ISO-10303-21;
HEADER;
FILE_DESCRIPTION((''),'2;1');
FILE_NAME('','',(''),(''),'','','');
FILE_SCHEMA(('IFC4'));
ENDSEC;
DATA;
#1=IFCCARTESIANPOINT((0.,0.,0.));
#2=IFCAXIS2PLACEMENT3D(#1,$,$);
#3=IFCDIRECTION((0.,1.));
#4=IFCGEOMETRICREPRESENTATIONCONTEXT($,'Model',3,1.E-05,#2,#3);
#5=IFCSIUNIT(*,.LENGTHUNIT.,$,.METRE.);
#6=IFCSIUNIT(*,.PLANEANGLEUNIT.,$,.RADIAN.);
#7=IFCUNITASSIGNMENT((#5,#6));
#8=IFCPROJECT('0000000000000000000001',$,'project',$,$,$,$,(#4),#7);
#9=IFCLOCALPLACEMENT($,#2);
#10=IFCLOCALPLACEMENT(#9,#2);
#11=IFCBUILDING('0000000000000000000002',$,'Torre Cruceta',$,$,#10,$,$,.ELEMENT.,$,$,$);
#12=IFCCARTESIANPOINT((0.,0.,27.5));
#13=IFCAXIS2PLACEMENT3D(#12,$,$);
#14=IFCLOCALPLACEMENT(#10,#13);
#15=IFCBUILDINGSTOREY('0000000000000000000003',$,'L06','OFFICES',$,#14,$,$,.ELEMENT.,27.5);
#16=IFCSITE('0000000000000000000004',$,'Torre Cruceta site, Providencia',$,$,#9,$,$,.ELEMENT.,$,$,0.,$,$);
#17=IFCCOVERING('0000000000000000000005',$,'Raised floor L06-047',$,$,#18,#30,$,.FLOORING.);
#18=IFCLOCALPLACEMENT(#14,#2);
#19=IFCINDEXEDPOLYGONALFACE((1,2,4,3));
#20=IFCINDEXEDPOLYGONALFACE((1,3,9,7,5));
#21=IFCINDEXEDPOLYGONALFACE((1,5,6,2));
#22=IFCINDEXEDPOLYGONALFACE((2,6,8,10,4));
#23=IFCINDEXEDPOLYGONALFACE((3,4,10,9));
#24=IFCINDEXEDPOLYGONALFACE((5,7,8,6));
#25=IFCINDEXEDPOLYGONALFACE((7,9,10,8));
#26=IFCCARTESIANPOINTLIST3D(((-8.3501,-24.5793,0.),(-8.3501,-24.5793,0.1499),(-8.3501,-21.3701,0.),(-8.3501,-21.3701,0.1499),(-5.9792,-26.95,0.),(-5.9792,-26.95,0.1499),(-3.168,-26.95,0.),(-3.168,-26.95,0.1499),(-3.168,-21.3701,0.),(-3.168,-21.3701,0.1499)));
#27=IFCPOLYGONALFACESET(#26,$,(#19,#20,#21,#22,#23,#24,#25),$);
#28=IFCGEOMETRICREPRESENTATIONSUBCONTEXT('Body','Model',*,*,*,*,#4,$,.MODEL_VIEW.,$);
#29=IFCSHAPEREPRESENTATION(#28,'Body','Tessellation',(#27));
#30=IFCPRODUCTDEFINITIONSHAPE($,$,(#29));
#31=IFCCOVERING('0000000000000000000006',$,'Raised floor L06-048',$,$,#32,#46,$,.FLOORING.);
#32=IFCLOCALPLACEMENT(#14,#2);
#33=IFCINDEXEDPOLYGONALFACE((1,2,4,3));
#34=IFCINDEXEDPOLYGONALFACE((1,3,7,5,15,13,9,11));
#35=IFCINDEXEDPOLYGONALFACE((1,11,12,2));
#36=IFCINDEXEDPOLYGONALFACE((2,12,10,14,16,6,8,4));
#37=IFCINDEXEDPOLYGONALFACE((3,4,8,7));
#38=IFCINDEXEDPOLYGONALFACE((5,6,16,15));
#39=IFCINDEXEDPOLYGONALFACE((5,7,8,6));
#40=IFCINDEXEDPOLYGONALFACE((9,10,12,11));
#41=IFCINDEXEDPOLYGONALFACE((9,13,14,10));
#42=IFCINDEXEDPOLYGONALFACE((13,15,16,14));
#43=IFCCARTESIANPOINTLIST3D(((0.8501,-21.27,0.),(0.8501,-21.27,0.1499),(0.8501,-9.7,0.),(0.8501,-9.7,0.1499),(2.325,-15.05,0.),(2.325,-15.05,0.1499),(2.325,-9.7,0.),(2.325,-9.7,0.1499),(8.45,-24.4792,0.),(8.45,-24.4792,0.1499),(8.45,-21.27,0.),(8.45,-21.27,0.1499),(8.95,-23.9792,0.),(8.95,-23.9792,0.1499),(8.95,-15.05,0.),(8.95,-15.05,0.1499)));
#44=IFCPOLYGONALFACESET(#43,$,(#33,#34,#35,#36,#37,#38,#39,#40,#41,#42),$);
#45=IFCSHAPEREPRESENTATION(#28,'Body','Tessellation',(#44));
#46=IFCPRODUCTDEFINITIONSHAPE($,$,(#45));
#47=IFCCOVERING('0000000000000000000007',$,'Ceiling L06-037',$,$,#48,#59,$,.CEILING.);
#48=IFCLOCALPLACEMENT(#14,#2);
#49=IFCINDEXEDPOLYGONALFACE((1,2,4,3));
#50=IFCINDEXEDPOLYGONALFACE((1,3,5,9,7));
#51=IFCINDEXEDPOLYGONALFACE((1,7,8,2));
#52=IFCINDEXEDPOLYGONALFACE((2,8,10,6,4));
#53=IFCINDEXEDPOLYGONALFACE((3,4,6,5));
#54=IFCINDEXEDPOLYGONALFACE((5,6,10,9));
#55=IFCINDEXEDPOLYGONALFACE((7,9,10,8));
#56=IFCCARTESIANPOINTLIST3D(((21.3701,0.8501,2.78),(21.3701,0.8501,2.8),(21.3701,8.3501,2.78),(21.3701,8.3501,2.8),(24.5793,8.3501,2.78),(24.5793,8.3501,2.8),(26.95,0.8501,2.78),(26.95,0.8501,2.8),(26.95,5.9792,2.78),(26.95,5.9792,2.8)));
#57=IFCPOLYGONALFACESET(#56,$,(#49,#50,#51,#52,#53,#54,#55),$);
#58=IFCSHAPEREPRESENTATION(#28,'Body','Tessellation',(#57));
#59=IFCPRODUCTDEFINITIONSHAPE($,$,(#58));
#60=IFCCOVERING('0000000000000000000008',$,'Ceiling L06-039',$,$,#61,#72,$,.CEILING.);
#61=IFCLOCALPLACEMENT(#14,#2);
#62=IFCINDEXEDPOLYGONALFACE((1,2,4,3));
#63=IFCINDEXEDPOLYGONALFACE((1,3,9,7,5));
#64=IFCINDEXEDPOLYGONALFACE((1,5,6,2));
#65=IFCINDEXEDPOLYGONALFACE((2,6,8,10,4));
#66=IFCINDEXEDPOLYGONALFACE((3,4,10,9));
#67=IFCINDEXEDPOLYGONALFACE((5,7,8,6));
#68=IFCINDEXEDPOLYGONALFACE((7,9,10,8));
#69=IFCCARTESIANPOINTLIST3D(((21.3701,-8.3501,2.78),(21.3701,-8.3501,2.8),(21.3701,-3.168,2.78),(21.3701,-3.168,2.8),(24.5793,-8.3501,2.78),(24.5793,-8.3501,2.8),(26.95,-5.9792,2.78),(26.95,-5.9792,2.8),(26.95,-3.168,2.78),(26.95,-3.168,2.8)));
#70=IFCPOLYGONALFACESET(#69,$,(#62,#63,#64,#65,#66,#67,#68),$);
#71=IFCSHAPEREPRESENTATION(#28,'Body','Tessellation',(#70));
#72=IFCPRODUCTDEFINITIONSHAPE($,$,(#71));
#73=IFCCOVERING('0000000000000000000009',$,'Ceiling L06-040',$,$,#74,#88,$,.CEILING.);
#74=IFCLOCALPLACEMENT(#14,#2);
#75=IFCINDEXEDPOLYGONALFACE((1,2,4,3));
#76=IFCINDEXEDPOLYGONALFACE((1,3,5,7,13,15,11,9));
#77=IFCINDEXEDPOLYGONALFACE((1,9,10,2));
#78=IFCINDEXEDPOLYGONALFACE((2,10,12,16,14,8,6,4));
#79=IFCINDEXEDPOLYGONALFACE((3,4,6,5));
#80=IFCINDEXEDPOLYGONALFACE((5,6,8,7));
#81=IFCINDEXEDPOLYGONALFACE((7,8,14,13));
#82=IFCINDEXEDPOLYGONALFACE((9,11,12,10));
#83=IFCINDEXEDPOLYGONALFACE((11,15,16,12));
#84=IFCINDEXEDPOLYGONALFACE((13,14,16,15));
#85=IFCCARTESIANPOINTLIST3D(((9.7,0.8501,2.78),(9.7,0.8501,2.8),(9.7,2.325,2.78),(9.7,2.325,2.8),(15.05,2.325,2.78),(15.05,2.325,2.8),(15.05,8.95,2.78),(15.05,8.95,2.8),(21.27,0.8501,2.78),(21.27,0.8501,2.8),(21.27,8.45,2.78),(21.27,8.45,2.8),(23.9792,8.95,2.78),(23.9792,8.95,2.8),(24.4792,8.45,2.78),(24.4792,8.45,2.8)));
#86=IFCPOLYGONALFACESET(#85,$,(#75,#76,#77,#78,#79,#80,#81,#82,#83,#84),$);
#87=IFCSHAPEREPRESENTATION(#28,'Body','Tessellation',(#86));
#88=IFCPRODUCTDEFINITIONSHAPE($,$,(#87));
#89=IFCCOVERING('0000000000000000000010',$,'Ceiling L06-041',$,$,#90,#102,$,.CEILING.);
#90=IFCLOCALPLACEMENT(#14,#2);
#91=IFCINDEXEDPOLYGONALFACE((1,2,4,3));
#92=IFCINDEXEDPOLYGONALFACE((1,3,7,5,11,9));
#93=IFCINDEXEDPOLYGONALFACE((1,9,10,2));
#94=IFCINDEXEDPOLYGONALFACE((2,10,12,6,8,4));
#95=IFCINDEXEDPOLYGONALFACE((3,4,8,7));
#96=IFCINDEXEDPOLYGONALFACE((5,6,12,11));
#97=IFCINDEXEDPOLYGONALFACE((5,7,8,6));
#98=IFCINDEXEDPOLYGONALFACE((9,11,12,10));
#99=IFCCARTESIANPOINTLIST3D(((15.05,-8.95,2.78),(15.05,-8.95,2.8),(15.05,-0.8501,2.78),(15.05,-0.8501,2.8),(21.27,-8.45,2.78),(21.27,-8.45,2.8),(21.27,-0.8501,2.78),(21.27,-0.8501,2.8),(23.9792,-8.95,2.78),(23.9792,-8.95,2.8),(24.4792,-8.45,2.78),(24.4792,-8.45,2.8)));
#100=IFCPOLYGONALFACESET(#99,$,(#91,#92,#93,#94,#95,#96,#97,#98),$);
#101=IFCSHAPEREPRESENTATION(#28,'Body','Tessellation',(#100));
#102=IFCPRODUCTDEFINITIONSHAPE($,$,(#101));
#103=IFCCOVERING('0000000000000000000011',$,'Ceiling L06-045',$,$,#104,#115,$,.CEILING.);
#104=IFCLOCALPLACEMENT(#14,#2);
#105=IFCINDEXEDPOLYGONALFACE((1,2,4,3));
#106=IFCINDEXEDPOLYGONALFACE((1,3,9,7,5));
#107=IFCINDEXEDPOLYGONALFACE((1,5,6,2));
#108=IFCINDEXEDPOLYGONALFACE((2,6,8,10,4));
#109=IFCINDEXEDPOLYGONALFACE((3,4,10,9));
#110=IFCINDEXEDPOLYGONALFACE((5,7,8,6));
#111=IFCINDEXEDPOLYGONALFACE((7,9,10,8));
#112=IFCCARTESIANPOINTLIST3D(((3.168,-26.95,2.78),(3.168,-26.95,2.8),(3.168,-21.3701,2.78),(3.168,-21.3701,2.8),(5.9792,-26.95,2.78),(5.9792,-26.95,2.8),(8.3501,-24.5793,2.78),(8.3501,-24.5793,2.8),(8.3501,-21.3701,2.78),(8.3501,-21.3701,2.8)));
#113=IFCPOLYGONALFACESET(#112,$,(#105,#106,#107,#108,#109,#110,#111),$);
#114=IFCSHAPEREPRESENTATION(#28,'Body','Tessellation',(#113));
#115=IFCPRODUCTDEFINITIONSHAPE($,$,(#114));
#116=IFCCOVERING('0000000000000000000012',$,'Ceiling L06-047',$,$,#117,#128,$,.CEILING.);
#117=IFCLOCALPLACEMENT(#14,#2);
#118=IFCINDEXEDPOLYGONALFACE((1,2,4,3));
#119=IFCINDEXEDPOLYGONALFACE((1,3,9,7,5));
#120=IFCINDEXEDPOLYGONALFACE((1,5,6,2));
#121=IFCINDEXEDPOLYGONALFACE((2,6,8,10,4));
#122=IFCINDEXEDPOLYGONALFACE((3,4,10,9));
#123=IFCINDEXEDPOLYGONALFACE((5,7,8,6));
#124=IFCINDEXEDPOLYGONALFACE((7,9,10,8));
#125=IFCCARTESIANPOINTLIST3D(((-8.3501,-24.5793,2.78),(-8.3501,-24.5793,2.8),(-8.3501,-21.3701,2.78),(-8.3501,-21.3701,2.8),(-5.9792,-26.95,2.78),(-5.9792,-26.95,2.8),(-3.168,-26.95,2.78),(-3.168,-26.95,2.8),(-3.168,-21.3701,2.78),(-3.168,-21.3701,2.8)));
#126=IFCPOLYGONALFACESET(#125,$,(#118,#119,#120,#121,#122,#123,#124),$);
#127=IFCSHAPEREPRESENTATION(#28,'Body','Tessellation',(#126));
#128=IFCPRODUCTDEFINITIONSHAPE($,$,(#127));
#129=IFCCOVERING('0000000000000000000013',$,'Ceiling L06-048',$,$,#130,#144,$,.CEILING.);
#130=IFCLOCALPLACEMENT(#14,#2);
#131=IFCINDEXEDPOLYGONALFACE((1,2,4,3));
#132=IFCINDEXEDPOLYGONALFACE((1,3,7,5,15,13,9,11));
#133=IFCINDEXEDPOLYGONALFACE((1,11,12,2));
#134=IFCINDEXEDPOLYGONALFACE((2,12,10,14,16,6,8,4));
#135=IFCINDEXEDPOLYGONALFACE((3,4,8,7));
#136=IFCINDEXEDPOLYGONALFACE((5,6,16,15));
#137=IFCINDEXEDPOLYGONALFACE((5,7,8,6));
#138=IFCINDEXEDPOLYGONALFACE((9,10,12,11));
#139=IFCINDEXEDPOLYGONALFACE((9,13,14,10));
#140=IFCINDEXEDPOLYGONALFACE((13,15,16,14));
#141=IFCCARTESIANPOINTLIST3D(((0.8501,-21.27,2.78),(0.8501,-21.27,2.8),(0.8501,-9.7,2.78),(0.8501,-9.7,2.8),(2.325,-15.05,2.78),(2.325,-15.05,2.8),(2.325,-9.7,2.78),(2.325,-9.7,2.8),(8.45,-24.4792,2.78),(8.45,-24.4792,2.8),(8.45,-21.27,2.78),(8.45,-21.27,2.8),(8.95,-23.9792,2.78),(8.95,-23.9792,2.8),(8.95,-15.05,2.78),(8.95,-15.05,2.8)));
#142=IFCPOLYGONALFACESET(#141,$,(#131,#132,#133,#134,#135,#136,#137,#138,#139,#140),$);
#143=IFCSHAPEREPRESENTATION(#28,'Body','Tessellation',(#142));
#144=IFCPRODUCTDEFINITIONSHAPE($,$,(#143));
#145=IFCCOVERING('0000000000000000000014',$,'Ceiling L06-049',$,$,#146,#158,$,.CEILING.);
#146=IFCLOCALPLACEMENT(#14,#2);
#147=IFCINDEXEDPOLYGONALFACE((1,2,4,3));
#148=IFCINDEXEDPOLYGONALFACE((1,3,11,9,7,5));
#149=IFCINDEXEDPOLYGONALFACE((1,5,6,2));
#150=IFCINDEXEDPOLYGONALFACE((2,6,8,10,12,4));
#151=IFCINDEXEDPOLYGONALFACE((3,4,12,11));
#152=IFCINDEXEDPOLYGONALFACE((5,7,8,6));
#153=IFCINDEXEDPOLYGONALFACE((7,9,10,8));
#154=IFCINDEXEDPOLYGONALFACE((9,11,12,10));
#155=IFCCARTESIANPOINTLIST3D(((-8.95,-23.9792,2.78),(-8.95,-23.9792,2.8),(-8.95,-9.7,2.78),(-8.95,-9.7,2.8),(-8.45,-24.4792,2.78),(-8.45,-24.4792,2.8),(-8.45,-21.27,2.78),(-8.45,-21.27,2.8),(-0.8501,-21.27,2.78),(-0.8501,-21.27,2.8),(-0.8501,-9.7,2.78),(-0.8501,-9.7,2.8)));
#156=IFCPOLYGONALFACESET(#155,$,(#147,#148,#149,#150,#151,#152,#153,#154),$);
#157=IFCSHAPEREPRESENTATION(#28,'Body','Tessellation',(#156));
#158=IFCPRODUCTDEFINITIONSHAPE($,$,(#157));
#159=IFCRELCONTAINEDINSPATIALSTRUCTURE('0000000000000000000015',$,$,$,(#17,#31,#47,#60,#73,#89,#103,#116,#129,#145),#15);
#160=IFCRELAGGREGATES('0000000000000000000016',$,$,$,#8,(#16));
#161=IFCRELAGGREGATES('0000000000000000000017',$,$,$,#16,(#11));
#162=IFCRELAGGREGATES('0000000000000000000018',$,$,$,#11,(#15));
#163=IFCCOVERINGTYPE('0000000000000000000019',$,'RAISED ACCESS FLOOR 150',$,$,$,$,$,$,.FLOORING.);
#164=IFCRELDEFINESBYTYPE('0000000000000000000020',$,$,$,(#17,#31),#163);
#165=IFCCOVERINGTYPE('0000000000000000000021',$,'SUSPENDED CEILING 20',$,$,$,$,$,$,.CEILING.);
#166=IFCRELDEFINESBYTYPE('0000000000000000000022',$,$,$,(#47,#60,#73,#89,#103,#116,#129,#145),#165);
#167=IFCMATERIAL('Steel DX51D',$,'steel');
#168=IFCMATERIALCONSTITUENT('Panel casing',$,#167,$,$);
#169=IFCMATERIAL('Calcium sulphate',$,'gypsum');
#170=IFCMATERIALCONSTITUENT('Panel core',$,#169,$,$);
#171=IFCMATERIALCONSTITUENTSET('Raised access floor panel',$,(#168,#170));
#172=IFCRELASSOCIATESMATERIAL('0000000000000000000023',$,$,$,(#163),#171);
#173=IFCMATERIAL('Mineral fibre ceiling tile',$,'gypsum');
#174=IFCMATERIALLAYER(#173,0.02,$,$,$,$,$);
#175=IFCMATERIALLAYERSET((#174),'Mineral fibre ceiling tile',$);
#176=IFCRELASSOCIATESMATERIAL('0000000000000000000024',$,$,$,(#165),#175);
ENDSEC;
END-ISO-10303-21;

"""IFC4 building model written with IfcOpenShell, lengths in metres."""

from ifc_helpers import new_model, si_unit, direction, frame, origin, place, context, subcontext, project, spatial, polyline, outline, extrude, material, layer, layer_set, constituent, constituent_set, type_object, element, save


model = new_model("IFC4")

# Units and contexts
model_context = context("Model", 3, precision=1e-05, world=origin(), true_north=direction((0.0, 1.0)))
body_context = subcontext(model_context, "Body", "Model", "MODEL_VIEW")
ifc_project = project(units=[si_unit("LENGTHUNIT", "METRE"), si_unit("PLANEANGLEUNIT", "RADIAN")], contexts=[model_context])

# Site, building, storey
site_placement = place(None, origin())
site = spatial("IfcSite", under=ifc_project, at=site_placement, Name="Torre Cruceta site, Providencia", CompositionType="ELEMENT", RefElevation=0.0)
building_placement = place(site_placement, origin())
building = spatial("IfcBuilding", under=site, at=building_placement, Name="Torre Cruceta", CompositionType="ELEMENT")
storey_placement = place(building_placement, frame((0.0, 0.0, 27.5)))
storey = spatial("IfcBuildingStorey", under=building, at=storey_placement, Name="L06", Description="OFFICES", CompositionType="ELEMENT", Elevation=27.5)

# Coverings
ifc_material_1 = material(Name="Steel DX51D", Category="steel")
ifc_constituent_1 = constituent(ifc_material_1, Name="Panel casing")
ifc_material_2 = material(Name="Calcium sulphate", Category="gypsum")
ifc_constituent_2 = constituent(ifc_material_2, Name="Panel core")
ifc_constituent_set_1 = constituent_set(constituents=[ifc_constituent_1, ifc_constituent_2], Name="Raised access floor panel")
covering_type_1 = type_object("IfcCoveringType", Name="RAISED ACCESS FLOOR 150", PredefinedType="FLOORING", material=ifc_constituent_set_1)
covering_1_placement = place(storey_placement, origin())
element("IfcCovering", 1, at=covering_1_placement, inside=storey, type_object=covering_type_1, Name="Raised floor L06-047", PredefinedType="FLOORING", context=body_context, shape_type="SweptSolid", body=[
    extrude(outline(polyline([(-8.3501, -24.5793), (-8.3501, -21.3701), (-3.168, -21.3701), (-3.168, -26.95), (-5.9792, -26.95), (-8.3501, -24.5793)])), origin(), (0.0, 0.0, 1.0), 0.1499),
])
covering_2_placement = place(storey_placement, origin())
element("IfcCovering", 2, at=covering_2_placement, inside=storey, type_object=covering_type_1, Name="Raised floor L06-048", PredefinedType="FLOORING", context=body_context, shape_type="SweptSolid", body=[
    extrude(outline(polyline([(0.8501, -21.27), (0.8501, -9.7), (2.325, -9.7), (2.325, -15.05), (8.95, -15.05), (8.95, -23.9792), (8.45, -24.4792), (8.45, -21.27), (0.8501, -21.27)])), origin(), (0.0, 0.0, 1.0), 0.1499),
])
ifc_material_3 = material(Name="Mineral fibre ceiling tile", Category="gypsum")
ifc_layer_1 = layer(ifc_material_3, 0.02)
ifc_layer_set_1 = layer_set([ifc_layer_1], Name="Mineral fibre ceiling tile")
covering_type_2 = type_object("IfcCoveringType", Name="SUSPENDED CEILING 20", PredefinedType="CEILING", material=ifc_layer_set_1)
covering_3_placement = place(storey_placement, frame((0.0, 0.0, 2.78)))
element("IfcCovering", 3, at=covering_3_placement, inside=storey, type_object=covering_type_2, Name="Ceiling L06-037", PredefinedType="CEILING", context=body_context, shape_type="SweptSolid", body=[
    extrude(outline(polyline([(26.95, 0.8501), (21.3701, 0.8501), (21.3701, 8.3501), (24.5793, 8.3501), (26.95, 5.9792), (26.95, 0.8501)])), origin(), (0.0, 0.0, 1.0), 0.02),
])
covering_4_placement = place(storey_placement, frame((0.0, 0.0, 2.78)))
element("IfcCovering", 4, at=covering_4_placement, inside=storey, type_object=covering_type_2, Name="Ceiling L06-039", PredefinedType="CEILING", context=body_context, shape_type="SweptSolid", body=[
    extrude(outline(polyline([(24.5793, -8.3501), (21.3701, -8.3501), (21.3701, -3.168), (26.95, -3.168), (26.95, -5.9792), (24.5793, -8.3501)])), origin(), (0.0, 0.0, 1.0), 0.02),
])
covering_5_placement = place(storey_placement, frame((0.0, 0.0, 2.78)))
element("IfcCovering", 5, at=covering_5_placement, inside=storey, type_object=covering_type_2, Name="Ceiling L06-040", PredefinedType="CEILING", context=body_context, shape_type="SweptSolid", body=[
    extrude(outline(polyline([(9.7, 2.325), (15.05, 2.325), (15.05, 8.95), (23.9792, 8.95), (24.4792, 8.45), (21.27, 8.45), (21.27, 0.8501), (9.7, 0.8501), (9.7, 2.325)])), origin(), (0.0, 0.0, 1.0), 0.02),
])
covering_6_placement = place(storey_placement, frame((0.0, 0.0, 2.78)))
element("IfcCovering", 6, at=covering_6_placement, inside=storey, type_object=covering_type_2, Name="Ceiling L06-041", PredefinedType="CEILING", context=body_context, shape_type="SweptSolid", body=[
    extrude(outline(polyline([(15.05, -8.95), (15.05, -0.8501), (21.27, -0.8501), (21.27, -8.45), (24.4792, -8.45), (23.9792, -8.95), (15.05, -8.95)])), origin(), (0.0, 0.0, 1.0), 0.02),
])
covering_7_placement = place(storey_placement, frame((0.0, 0.0, 2.78)))
element("IfcCovering", 7, at=covering_7_placement, inside=storey, type_object=covering_type_2, Name="Ceiling L06-045", PredefinedType="CEILING", context=body_context, shape_type="SweptSolid", body=[
    extrude(outline(polyline([(3.168, -26.95), (3.168, -21.3701), (8.3501, -21.3701), (8.3501, -24.5793), (5.9792, -26.95), (3.168, -26.95)])), origin(), (0.0, 0.0, 1.0), 0.02),
])
covering_8_placement = place(storey_placement, frame((0.0, 0.0, 2.78)))
element("IfcCovering", 8, at=covering_8_placement, inside=storey, type_object=covering_type_2, Name="Ceiling L06-047", PredefinedType="CEILING", context=body_context, shape_type="SweptSolid", body=[
    extrude(outline(polyline([(-8.3501, -24.5793), (-8.3501, -21.3701), (-3.168, -21.3701), (-3.168, -26.95), (-5.9792, -26.95), (-8.3501, -24.5793)])), origin(), (0.0, 0.0, 1.0), 0.02),
])
covering_9_placement = place(storey_placement, frame((0.0, 0.0, 2.78)))
element("IfcCovering", 9, at=covering_9_placement, inside=storey, type_object=covering_type_2, Name="Ceiling L06-048", PredefinedType="CEILING", context=body_context, shape_type="SweptSolid", body=[
    extrude(outline(polyline([(0.8501, -21.27), (0.8501, -9.7), (2.325, -9.7), (2.325, -15.05), (8.95, -15.05), (8.95, -23.9792), (8.45, -24.4792), (8.45, -21.27), (0.8501, -21.27)])), origin(), (0.0, 0.0, 1.0), 0.02),
])
covering_10_placement = place(storey_placement, frame((0.0, 0.0, 2.78)))
element("IfcCovering", 10, at=covering_10_placement, inside=storey, type_object=covering_type_2, Name="Ceiling L06-049", PredefinedType="CEILING", context=body_context, shape_type="SweptSolid", body=[
    extrude(outline(polyline([(-8.45, -21.27), (-8.45, -24.4792), (-8.95, -23.9792), (-8.95, -9.7), (-0.8501, -9.7), (-0.8501, -21.27), (-8.45, -21.27)])), origin(), (0.0, 0.0, 1.0), 0.02),
])

save(model, "model.ifc")
